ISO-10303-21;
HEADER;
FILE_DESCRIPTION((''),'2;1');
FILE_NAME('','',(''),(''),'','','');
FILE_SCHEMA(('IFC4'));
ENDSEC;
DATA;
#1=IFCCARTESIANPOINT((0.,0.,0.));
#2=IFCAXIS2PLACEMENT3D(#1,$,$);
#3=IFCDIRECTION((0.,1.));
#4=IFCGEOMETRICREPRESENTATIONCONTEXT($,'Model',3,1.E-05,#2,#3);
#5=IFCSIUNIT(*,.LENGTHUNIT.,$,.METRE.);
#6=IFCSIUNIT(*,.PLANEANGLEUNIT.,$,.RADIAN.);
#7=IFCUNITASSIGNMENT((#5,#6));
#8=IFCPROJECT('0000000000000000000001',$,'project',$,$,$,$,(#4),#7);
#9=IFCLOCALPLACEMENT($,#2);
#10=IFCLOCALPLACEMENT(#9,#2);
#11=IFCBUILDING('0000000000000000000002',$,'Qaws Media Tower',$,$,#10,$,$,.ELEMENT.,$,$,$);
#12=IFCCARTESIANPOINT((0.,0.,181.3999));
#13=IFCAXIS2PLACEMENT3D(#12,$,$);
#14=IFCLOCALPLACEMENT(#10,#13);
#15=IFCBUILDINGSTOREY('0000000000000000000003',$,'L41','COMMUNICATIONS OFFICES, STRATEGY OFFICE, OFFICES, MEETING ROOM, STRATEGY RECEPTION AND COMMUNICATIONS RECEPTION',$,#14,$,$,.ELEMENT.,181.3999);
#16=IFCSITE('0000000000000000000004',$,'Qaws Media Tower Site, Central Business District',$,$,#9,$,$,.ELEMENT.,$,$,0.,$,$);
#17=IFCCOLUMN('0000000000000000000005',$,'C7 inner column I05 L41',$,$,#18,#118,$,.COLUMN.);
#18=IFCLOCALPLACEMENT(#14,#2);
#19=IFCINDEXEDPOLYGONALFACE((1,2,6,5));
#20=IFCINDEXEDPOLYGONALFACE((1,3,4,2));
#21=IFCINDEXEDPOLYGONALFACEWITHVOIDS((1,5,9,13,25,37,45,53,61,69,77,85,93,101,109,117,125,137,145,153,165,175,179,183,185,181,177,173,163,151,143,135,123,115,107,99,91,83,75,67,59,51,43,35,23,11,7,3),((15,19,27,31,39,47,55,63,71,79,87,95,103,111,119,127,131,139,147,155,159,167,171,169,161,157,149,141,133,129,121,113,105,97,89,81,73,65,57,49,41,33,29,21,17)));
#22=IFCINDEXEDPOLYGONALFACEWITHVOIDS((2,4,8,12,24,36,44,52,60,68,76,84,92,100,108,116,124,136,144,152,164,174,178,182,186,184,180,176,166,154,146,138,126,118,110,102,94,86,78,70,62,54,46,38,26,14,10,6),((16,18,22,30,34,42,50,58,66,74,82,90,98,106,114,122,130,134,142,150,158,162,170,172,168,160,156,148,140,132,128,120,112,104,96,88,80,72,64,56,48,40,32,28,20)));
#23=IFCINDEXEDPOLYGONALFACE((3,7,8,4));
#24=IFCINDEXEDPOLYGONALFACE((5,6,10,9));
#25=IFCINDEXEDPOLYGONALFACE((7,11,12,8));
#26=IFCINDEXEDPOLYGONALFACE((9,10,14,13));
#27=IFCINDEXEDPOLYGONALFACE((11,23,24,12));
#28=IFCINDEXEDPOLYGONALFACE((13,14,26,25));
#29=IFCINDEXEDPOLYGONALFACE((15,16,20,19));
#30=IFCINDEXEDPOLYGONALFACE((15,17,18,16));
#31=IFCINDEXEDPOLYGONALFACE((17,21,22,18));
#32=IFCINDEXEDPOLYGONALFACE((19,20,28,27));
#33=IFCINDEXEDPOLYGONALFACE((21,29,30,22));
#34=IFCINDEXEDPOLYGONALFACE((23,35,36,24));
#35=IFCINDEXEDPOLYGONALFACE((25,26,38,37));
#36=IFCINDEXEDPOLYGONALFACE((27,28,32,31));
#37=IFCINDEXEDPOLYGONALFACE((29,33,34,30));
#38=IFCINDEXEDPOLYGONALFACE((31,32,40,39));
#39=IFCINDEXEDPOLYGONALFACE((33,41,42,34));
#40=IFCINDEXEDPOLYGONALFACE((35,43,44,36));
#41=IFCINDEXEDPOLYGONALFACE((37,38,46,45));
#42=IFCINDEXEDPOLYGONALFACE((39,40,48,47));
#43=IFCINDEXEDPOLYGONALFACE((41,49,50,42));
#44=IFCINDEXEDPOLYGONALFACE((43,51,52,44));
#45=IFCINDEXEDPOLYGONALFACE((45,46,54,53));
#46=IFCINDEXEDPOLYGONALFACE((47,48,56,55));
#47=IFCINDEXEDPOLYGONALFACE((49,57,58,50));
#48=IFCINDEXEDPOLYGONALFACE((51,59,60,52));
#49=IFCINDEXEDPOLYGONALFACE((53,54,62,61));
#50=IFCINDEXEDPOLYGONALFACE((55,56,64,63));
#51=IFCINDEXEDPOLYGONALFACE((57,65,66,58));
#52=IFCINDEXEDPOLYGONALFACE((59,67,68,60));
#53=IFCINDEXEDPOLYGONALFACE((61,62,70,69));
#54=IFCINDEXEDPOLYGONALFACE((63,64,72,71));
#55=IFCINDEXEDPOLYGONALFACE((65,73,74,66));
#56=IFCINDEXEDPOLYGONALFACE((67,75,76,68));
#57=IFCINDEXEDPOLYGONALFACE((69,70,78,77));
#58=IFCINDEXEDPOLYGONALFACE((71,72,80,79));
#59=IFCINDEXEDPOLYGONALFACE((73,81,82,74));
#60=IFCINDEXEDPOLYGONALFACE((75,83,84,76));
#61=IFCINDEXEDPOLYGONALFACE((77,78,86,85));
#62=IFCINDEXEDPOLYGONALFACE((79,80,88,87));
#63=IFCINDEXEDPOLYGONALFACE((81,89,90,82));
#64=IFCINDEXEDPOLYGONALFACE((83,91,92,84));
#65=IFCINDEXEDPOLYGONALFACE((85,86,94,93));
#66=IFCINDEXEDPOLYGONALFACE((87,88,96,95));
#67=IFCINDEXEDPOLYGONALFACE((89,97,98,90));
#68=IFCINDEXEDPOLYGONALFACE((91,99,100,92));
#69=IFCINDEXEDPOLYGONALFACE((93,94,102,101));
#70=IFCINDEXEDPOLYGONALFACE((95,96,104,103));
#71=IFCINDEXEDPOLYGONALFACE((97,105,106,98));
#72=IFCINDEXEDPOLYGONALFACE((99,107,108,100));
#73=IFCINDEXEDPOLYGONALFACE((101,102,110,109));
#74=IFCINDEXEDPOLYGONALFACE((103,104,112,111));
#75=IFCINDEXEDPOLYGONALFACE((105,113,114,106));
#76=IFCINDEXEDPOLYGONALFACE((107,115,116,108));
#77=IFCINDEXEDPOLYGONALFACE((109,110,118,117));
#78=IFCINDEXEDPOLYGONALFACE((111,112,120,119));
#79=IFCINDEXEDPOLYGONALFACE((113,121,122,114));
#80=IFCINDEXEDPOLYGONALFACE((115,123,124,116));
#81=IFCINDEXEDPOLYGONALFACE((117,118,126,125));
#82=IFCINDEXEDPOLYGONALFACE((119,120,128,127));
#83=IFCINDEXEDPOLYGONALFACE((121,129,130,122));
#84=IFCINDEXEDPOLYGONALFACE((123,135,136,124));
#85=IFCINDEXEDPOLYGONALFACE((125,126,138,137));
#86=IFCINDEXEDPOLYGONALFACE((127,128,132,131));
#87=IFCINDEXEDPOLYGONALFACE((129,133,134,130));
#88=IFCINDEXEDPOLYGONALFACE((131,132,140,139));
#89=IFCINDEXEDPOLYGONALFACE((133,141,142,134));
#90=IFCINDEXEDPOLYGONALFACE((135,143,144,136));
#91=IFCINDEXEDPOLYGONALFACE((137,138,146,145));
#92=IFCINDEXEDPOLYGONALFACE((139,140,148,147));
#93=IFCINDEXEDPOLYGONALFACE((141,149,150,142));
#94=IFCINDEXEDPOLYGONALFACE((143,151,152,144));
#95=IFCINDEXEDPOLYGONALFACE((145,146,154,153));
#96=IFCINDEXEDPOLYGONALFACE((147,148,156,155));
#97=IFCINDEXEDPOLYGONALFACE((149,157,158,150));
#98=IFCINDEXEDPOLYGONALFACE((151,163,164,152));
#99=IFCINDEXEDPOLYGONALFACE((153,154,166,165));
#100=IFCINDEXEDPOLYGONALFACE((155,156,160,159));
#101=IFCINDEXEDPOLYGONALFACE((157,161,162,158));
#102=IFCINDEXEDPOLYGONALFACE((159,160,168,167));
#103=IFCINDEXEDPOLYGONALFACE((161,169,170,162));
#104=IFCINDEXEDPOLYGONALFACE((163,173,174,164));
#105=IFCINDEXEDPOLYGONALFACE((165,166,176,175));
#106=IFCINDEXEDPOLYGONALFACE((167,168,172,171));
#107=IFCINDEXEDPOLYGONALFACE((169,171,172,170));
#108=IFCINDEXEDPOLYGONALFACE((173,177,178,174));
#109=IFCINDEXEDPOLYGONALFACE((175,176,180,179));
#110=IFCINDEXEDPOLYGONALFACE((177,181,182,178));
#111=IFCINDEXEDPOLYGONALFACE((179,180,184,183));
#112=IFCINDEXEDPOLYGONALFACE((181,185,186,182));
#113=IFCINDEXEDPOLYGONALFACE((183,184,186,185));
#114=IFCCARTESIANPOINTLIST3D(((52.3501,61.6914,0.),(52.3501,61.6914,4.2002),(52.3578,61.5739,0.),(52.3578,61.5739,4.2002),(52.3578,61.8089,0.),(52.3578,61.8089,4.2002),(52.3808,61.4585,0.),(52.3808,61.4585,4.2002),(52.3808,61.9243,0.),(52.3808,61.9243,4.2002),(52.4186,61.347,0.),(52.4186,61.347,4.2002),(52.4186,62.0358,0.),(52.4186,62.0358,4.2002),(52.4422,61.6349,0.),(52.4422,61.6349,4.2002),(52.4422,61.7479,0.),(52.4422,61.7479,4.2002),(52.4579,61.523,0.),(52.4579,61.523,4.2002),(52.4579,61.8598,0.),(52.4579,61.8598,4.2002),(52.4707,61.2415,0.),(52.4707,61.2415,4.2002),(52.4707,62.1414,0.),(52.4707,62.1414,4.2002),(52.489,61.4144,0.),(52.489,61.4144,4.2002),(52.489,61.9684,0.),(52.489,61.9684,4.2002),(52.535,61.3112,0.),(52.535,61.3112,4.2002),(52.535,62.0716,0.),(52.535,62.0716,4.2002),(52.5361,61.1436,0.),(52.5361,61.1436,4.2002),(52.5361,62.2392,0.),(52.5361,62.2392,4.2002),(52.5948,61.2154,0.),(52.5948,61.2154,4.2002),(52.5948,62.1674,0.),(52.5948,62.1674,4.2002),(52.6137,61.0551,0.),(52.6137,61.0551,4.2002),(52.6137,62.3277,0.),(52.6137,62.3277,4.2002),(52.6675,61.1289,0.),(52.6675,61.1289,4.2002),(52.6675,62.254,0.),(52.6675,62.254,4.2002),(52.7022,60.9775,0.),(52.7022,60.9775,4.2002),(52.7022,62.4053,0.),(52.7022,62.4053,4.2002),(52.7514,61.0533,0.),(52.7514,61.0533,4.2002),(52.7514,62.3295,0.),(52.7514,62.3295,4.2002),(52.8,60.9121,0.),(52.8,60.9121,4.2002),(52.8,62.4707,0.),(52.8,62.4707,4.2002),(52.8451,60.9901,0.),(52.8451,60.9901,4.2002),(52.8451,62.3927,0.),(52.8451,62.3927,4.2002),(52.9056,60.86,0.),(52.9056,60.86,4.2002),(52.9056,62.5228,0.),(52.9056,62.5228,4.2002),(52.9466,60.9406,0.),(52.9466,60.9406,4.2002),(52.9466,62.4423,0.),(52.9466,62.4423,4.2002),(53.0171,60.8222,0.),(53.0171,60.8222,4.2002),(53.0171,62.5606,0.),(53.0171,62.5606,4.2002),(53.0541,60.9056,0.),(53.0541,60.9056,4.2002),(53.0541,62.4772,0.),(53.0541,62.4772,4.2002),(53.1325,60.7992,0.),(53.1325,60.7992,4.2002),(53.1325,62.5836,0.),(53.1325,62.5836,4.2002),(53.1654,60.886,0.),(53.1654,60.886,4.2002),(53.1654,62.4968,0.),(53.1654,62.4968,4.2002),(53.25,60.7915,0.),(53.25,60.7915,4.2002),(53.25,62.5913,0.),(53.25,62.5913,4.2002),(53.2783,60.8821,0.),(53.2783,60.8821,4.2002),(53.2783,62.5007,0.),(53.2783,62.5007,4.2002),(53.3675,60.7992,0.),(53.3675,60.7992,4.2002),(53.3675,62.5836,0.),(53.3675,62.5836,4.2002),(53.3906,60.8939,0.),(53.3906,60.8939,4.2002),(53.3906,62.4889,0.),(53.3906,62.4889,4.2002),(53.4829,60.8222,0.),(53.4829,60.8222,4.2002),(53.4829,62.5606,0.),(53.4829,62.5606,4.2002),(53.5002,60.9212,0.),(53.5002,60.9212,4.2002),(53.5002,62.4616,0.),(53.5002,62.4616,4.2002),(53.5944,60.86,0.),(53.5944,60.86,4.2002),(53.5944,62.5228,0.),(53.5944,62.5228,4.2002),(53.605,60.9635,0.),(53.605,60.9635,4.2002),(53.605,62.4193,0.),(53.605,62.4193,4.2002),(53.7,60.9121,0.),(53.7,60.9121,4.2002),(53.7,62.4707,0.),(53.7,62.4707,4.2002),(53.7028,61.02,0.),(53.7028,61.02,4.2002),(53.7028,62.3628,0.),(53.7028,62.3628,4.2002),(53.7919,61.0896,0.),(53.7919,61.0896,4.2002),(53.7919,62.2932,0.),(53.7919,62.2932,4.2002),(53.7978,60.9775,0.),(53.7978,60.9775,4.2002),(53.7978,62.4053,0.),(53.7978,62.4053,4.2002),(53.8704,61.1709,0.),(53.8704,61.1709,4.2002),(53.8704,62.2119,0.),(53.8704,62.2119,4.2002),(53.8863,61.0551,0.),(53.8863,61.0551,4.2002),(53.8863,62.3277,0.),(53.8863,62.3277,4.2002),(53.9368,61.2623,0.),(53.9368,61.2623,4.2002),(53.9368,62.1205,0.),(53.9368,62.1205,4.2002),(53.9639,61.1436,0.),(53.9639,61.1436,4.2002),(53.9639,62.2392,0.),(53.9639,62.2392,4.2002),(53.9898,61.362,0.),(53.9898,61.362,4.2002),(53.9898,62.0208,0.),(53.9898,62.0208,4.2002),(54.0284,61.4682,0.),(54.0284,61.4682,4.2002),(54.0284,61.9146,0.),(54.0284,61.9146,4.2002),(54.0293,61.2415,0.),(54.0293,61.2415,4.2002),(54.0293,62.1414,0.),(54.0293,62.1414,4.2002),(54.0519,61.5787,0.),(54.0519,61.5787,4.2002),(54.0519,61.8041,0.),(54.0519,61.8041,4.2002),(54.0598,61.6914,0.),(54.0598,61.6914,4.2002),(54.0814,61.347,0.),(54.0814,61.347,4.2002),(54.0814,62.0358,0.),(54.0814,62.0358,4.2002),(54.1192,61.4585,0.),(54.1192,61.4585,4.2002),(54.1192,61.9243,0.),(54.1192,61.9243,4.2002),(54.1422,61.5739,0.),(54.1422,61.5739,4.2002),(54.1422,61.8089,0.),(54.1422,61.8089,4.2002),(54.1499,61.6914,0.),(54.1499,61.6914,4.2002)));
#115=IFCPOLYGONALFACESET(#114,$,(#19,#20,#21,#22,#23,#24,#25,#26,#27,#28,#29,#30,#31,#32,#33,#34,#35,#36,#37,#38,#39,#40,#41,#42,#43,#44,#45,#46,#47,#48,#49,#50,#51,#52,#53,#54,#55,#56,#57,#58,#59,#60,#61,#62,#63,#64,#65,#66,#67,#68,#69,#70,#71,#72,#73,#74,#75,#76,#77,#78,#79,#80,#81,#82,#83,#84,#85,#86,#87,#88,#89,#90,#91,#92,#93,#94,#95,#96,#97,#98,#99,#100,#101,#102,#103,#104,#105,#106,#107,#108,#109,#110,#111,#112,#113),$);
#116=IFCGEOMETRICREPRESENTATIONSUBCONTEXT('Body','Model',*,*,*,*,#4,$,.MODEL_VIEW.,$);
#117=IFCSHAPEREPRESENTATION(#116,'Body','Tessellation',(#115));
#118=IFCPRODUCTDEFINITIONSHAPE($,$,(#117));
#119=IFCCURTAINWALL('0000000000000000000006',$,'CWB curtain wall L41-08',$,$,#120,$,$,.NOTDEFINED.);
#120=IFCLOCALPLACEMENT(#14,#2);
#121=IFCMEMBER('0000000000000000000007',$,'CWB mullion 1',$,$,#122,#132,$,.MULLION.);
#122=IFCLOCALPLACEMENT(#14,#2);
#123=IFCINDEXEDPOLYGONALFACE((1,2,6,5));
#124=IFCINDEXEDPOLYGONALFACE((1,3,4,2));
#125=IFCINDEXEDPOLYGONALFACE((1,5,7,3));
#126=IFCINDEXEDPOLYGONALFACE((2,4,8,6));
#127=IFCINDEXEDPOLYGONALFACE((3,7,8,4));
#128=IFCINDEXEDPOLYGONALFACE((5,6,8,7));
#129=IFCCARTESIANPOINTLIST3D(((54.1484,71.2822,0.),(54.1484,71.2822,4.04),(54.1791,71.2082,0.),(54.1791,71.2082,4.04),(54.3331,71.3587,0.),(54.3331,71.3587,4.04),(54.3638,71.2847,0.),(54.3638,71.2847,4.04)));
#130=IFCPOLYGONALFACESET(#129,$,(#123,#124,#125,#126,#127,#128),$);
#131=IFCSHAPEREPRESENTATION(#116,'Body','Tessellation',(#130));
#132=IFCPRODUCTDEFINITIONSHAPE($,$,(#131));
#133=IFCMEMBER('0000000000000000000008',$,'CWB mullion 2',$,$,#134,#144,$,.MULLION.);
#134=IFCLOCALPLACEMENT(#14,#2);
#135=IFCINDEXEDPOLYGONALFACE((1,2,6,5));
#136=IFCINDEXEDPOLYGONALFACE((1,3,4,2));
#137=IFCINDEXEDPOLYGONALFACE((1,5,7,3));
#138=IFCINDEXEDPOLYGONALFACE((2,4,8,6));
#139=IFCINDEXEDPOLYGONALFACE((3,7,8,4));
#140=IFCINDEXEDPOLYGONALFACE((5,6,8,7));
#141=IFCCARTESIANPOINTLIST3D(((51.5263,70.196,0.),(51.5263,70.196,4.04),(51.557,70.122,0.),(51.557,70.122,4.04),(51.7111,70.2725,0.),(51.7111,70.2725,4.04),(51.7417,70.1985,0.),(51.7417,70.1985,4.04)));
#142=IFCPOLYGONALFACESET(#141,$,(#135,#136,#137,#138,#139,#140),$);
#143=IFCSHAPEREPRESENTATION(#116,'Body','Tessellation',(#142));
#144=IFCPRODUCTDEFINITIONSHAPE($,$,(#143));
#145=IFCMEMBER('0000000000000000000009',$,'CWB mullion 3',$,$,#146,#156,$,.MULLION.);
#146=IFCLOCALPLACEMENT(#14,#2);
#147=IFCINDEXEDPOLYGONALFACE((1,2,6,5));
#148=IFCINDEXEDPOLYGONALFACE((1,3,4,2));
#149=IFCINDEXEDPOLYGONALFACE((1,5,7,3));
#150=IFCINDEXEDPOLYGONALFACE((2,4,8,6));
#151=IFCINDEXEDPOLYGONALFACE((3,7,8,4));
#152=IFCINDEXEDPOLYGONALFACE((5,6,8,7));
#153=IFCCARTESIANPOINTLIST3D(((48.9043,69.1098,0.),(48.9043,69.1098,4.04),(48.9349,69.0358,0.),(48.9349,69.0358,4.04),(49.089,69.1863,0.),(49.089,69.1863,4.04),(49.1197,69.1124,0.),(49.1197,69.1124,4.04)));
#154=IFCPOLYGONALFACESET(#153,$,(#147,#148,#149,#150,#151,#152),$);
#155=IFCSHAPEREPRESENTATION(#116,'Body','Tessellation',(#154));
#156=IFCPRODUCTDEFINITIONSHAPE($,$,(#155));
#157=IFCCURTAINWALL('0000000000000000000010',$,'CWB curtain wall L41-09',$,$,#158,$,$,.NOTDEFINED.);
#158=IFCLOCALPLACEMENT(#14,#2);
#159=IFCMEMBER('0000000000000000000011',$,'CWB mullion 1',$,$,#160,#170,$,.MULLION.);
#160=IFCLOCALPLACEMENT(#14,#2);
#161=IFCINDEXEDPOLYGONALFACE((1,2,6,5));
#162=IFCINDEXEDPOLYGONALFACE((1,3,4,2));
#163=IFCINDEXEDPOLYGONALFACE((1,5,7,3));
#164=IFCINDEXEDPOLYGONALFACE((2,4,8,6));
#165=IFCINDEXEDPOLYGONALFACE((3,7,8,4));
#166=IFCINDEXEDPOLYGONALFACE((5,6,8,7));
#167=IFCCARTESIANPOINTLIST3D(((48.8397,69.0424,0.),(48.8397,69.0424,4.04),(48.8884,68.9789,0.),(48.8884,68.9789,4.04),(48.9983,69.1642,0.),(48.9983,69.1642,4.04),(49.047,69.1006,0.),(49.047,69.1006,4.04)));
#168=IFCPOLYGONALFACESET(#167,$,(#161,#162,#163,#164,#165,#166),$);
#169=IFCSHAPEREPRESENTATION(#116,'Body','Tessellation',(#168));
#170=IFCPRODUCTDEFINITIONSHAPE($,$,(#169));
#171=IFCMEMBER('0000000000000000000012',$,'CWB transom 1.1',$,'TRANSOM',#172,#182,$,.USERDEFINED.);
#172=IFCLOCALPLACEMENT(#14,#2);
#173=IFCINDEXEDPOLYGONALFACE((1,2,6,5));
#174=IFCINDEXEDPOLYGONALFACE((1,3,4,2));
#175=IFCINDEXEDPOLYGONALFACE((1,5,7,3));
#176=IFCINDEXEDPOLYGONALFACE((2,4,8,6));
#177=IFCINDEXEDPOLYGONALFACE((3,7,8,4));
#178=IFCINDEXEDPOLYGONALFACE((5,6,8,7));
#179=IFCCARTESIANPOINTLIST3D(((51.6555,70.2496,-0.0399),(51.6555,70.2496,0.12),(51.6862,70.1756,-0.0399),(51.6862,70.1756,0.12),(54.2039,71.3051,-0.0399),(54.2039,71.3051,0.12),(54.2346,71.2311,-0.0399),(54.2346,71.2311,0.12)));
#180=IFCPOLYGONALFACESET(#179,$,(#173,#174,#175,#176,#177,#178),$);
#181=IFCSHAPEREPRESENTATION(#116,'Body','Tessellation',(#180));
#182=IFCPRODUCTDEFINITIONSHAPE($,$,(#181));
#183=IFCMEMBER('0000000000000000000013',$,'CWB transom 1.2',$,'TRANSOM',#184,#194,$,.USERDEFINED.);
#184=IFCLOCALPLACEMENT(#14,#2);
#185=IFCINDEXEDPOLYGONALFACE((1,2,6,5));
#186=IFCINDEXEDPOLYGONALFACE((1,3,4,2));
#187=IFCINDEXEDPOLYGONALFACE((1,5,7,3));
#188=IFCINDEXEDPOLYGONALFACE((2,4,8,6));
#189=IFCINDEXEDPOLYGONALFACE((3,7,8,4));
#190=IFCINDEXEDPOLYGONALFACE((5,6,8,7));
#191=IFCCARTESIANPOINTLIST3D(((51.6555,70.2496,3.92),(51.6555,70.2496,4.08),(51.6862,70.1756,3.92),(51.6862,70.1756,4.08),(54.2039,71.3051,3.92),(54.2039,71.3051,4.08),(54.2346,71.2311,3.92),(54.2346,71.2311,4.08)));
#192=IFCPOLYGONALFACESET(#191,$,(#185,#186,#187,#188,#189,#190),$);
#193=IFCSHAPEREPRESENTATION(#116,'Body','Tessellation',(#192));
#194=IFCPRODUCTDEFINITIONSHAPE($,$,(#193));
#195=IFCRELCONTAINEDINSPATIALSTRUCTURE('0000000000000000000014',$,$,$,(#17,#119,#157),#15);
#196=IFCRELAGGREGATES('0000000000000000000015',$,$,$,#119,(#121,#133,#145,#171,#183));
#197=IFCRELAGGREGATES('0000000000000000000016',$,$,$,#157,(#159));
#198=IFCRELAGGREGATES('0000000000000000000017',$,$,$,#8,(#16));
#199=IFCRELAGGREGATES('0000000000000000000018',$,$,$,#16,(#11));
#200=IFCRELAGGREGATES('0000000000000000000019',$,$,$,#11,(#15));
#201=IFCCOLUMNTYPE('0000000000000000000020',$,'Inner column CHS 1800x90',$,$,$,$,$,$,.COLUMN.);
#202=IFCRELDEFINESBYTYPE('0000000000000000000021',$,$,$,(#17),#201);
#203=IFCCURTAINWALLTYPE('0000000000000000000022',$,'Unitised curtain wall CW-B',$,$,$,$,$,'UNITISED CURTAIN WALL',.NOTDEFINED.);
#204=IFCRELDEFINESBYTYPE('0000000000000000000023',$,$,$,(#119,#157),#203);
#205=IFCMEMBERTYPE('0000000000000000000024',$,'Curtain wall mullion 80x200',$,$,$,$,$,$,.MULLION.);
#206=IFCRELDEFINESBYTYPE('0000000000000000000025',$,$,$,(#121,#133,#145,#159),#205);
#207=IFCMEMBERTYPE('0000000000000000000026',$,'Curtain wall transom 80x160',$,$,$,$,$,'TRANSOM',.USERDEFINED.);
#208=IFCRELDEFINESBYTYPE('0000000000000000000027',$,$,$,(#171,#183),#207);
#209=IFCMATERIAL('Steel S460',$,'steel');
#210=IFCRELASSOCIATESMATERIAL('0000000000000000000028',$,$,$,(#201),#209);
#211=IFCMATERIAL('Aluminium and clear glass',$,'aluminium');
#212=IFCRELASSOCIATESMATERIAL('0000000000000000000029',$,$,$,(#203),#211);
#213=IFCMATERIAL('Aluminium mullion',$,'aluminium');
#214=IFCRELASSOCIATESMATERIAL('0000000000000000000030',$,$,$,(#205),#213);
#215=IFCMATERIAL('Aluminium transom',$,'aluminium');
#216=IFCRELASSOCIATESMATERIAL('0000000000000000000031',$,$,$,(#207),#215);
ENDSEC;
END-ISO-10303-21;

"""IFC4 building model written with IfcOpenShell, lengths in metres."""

from ifc_helpers import new_model, si_unit, direction, frame, origin, origin_2d, place, context, subcontext, project, spatial, rectangle, hollow_circle, extrude, material, material_profile, profile_set, type_object, element, aggregate, save


model = new_model("IFC4")

# Units and contexts
model_context = context("Model", 3, precision=1e-05, world=origin(), true_north=direction((0.0, 1.0)))
body_context = subcontext(model_context, "Body", "Model", "MODEL_VIEW")
ifc_project = project(units=[si_unit("LENGTHUNIT", "METRE"), si_unit("PLANEANGLEUNIT", "RADIAN")], contexts=[model_context])

# Site, building, storey
site_placement = place(None, origin())
site = spatial("IfcSite", under=ifc_project, at=site_placement, Name="Qaws Media Tower Site, Central Business District", CompositionType="ELEMENT", RefElevation=0.0)
building_placement = place(site_placement, origin())
building = spatial("IfcBuilding", under=site, at=building_placement, Name="Qaws Media Tower", CompositionType="ELEMENT")
storey_placement = place(building_placement, frame((0.0, 0.0, 181.3999)))
storey = spatial("IfcBuildingStorey", under=building, at=storey_placement, Name="L41", Description="COMMUNICATIONS OFFICES, STRATEGY OFFICE, OFFICES, MEETING ROOM, STRATEGY RECEPTION AND COMMUNICATIONS RECEPTION", CompositionType="ELEMENT", Elevation=181.3999)

# Column
ifc_material_1 = material(Name="Steel S460", Category="steel")
ifc_material_profile_1 = material_profile(ifc_material_1, hollow_circle(Radius=0.8999, WallThickness=0.0901, at=origin_2d()), Name="CHS 1800x90")
ifc_profile_set_1 = profile_set([ifc_material_profile_1], Name="Steel S460")
column_type = type_object("IfcColumnType", Name="Inner column CHS 1800x90", PredefinedType="COLUMN", material=ifc_profile_set_1)
column_placement = place(storey_placement, frame((53.25, 61.6914, 0.0), z_axis=(0.0, 0.0, 1.0), x_axis=(1.0, 0.0, 0.0)))
element("IfcColumn", 1, at=column_placement, inside=storey, type_object=column_type, Name="C7 inner column I05 L41", PredefinedType="COLUMN", context=body_context, shape_type="SweptSolid", body=[
    extrude(hollow_circle(Radius=0.8999, WallThickness=0.0901, at=origin_2d()), origin(), (0.0, 0.0, 1.0), 4.2002),
])

# Curtain wall, members
ifc_material_2 = material(Name="Aluminium and clear glass", Category="aluminium")
curtain_wall_type = type_object("IfcCurtainWallType", Name="Unitised curtain wall CW-B", ElementType="UNITISED CURTAIN WALL", PredefinedType="NOTDEFINED", material=ifc_material_2)
curtain_wall_1_placement = place(storey_placement, origin())
curtain_wall_1 = element("IfcCurtainWall", 2, at=curtain_wall_1_placement, inside=storey, type_object=curtain_wall_type, Name="CWB curtain wall L41-08", PredefinedType="NOTDEFINED")
ifc_material_3 = material(Name="Aluminium mullion", Category="aluminium")
ifc_material_profile_2 = material_profile(ifc_material_3, rectangle(XDim=0.0801, YDim=0.2, at=origin_2d()), Name="80x200")
ifc_profile_set_2 = profile_set([ifc_material_profile_2], Name="Aluminium mullion")
member_type_1 = type_object("IfcMemberType", Name="Curtain wall mullion 80x200", PredefinedType="MULLION", material=ifc_profile_set_2)
member_1_placement = place(storey_placement, frame((54.2561, 71.2834, 0.0), z_axis=(0.0, 0.0, 1.0), x_axis=(0.382683, -0.92388, 0.0)))
member_1 = element("IfcMember", 3, at=member_1_placement, type_object=member_type_1, Name="CWB mullion 1", PredefinedType="MULLION", context=body_context, shape_type="SweptSolid", body=[
    extrude(rectangle(XDim=0.0801, YDim=0.2, at=origin_2d()), origin(), (0.0, 0.0, 1.0), 4.04),
])
member_2_placement = place(storey_placement, frame((51.634, 70.1973, 0.0), z_axis=(0.0, 0.0, 1.0), x_axis=(0.382683, -0.92388, 0.0)))
member_2 = element("IfcMember", 4, at=member_2_placement, type_object=member_type_1, Name="CWB mullion 2", PredefinedType="MULLION", context=body_context, shape_type="SweptSolid", body=[
    extrude(rectangle(XDim=0.0801, YDim=0.2, at=origin_2d()), origin(), (0.0, 0.0, 1.0), 4.04),
])
member_3_placement = place(storey_placement, frame((49.012, 69.1111, 0.0), z_axis=(0.0, 0.0, 1.0), x_axis=(0.382683, -0.92388, 0.0)))
member_3 = element("IfcMember", 5, at=member_3_placement, type_object=member_type_1, Name="CWB mullion 3", PredefinedType="MULLION", context=body_context, shape_type="SweptSolid", body=[
    extrude(rectangle(XDim=0.0801, YDim=0.2, at=origin_2d()), origin(), (0.0, 0.0, 1.0), 4.04),
])

# Curtain wall, member
curtain_wall_2_placement = place(storey_placement, origin())
curtain_wall_2 = element("IfcCurtainWall", 6, at=curtain_wall_2_placement, inside=storey, type_object=curtain_wall_type, Name="CWB curtain wall L41-09", PredefinedType="NOTDEFINED")
member_4_placement = place(storey_placement, frame((48.9434, 69.0715, 0.0), z_axis=(0.0, 0.0, 1.0), x_axis=(0.608761, -0.793353, 0.0)))
member_4 = element("IfcMember", 7, at=member_4_placement, type_object=member_type_1, Name="CWB mullion 1", PredefinedType="MULLION", context=body_context, shape_type="SweptSolid", body=[
    extrude(rectangle(XDim=0.0801, YDim=0.2, at=origin_2d()), origin(), (0.0, 0.0, 1.0), 4.04),
])

# Members
ifc_material_4 = material(Name="Aluminium transom", Category="aluminium")
ifc_material_profile_3 = material_profile(ifc_material_4, rectangle(XDim=0.0801, YDim=0.1599, at=origin_2d()), Name="80x160")
ifc_profile_set_3 = profile_set([ifc_material_profile_3], Name="Aluminium transom")
member_type_2 = type_object("IfcMemberType", Name="Curtain wall transom 80x160", ElementType="TRANSOM", PredefinedType="USERDEFINED", material=ifc_profile_set_3)
member_5_placement = place(storey_placement, frame((54.2192, 71.2681, 0.04), z_axis=(-0.923897, -0.382641, 0.0), x_axis=(0.382641, -0.923897, 0.0)))
member_5 = element("IfcMember", 8, at=member_5_placement, type_object=member_type_2, Name="CWB transom 1.1", ObjectType="TRANSOM", PredefinedType="USERDEFINED", context=body_context, shape_type="SweptSolid", body=[
    extrude(rectangle(XDim=0.0801, YDim=0.1599, at=origin_2d()), origin(), (0.0, 0.0, 1.0), 2.7583),
])
member_6_placement = place(storey_placement, frame((54.2192, 71.2681, 4.0), z_axis=(-0.923897, -0.382641, 0.0), x_axis=(0.382641, -0.923897, 0.0)))
member_6 = element("IfcMember", 9, at=member_6_placement, type_object=member_type_2, Name="CWB transom 1.2", ObjectType="TRANSOM", PredefinedType="USERDEFINED", context=body_context, shape_type="SweptSolid", body=[
    extrude(rectangle(XDim=0.0801, YDim=0.1599, at=origin_2d()), origin(), (0.0, 0.0, 1.0), 2.7583),
])

aggregate(curtain_wall_1, [member_1, member_2, member_3, member_5, member_6])
aggregate(curtain_wall_2, [member_4])

save(model, "model.ifc")
